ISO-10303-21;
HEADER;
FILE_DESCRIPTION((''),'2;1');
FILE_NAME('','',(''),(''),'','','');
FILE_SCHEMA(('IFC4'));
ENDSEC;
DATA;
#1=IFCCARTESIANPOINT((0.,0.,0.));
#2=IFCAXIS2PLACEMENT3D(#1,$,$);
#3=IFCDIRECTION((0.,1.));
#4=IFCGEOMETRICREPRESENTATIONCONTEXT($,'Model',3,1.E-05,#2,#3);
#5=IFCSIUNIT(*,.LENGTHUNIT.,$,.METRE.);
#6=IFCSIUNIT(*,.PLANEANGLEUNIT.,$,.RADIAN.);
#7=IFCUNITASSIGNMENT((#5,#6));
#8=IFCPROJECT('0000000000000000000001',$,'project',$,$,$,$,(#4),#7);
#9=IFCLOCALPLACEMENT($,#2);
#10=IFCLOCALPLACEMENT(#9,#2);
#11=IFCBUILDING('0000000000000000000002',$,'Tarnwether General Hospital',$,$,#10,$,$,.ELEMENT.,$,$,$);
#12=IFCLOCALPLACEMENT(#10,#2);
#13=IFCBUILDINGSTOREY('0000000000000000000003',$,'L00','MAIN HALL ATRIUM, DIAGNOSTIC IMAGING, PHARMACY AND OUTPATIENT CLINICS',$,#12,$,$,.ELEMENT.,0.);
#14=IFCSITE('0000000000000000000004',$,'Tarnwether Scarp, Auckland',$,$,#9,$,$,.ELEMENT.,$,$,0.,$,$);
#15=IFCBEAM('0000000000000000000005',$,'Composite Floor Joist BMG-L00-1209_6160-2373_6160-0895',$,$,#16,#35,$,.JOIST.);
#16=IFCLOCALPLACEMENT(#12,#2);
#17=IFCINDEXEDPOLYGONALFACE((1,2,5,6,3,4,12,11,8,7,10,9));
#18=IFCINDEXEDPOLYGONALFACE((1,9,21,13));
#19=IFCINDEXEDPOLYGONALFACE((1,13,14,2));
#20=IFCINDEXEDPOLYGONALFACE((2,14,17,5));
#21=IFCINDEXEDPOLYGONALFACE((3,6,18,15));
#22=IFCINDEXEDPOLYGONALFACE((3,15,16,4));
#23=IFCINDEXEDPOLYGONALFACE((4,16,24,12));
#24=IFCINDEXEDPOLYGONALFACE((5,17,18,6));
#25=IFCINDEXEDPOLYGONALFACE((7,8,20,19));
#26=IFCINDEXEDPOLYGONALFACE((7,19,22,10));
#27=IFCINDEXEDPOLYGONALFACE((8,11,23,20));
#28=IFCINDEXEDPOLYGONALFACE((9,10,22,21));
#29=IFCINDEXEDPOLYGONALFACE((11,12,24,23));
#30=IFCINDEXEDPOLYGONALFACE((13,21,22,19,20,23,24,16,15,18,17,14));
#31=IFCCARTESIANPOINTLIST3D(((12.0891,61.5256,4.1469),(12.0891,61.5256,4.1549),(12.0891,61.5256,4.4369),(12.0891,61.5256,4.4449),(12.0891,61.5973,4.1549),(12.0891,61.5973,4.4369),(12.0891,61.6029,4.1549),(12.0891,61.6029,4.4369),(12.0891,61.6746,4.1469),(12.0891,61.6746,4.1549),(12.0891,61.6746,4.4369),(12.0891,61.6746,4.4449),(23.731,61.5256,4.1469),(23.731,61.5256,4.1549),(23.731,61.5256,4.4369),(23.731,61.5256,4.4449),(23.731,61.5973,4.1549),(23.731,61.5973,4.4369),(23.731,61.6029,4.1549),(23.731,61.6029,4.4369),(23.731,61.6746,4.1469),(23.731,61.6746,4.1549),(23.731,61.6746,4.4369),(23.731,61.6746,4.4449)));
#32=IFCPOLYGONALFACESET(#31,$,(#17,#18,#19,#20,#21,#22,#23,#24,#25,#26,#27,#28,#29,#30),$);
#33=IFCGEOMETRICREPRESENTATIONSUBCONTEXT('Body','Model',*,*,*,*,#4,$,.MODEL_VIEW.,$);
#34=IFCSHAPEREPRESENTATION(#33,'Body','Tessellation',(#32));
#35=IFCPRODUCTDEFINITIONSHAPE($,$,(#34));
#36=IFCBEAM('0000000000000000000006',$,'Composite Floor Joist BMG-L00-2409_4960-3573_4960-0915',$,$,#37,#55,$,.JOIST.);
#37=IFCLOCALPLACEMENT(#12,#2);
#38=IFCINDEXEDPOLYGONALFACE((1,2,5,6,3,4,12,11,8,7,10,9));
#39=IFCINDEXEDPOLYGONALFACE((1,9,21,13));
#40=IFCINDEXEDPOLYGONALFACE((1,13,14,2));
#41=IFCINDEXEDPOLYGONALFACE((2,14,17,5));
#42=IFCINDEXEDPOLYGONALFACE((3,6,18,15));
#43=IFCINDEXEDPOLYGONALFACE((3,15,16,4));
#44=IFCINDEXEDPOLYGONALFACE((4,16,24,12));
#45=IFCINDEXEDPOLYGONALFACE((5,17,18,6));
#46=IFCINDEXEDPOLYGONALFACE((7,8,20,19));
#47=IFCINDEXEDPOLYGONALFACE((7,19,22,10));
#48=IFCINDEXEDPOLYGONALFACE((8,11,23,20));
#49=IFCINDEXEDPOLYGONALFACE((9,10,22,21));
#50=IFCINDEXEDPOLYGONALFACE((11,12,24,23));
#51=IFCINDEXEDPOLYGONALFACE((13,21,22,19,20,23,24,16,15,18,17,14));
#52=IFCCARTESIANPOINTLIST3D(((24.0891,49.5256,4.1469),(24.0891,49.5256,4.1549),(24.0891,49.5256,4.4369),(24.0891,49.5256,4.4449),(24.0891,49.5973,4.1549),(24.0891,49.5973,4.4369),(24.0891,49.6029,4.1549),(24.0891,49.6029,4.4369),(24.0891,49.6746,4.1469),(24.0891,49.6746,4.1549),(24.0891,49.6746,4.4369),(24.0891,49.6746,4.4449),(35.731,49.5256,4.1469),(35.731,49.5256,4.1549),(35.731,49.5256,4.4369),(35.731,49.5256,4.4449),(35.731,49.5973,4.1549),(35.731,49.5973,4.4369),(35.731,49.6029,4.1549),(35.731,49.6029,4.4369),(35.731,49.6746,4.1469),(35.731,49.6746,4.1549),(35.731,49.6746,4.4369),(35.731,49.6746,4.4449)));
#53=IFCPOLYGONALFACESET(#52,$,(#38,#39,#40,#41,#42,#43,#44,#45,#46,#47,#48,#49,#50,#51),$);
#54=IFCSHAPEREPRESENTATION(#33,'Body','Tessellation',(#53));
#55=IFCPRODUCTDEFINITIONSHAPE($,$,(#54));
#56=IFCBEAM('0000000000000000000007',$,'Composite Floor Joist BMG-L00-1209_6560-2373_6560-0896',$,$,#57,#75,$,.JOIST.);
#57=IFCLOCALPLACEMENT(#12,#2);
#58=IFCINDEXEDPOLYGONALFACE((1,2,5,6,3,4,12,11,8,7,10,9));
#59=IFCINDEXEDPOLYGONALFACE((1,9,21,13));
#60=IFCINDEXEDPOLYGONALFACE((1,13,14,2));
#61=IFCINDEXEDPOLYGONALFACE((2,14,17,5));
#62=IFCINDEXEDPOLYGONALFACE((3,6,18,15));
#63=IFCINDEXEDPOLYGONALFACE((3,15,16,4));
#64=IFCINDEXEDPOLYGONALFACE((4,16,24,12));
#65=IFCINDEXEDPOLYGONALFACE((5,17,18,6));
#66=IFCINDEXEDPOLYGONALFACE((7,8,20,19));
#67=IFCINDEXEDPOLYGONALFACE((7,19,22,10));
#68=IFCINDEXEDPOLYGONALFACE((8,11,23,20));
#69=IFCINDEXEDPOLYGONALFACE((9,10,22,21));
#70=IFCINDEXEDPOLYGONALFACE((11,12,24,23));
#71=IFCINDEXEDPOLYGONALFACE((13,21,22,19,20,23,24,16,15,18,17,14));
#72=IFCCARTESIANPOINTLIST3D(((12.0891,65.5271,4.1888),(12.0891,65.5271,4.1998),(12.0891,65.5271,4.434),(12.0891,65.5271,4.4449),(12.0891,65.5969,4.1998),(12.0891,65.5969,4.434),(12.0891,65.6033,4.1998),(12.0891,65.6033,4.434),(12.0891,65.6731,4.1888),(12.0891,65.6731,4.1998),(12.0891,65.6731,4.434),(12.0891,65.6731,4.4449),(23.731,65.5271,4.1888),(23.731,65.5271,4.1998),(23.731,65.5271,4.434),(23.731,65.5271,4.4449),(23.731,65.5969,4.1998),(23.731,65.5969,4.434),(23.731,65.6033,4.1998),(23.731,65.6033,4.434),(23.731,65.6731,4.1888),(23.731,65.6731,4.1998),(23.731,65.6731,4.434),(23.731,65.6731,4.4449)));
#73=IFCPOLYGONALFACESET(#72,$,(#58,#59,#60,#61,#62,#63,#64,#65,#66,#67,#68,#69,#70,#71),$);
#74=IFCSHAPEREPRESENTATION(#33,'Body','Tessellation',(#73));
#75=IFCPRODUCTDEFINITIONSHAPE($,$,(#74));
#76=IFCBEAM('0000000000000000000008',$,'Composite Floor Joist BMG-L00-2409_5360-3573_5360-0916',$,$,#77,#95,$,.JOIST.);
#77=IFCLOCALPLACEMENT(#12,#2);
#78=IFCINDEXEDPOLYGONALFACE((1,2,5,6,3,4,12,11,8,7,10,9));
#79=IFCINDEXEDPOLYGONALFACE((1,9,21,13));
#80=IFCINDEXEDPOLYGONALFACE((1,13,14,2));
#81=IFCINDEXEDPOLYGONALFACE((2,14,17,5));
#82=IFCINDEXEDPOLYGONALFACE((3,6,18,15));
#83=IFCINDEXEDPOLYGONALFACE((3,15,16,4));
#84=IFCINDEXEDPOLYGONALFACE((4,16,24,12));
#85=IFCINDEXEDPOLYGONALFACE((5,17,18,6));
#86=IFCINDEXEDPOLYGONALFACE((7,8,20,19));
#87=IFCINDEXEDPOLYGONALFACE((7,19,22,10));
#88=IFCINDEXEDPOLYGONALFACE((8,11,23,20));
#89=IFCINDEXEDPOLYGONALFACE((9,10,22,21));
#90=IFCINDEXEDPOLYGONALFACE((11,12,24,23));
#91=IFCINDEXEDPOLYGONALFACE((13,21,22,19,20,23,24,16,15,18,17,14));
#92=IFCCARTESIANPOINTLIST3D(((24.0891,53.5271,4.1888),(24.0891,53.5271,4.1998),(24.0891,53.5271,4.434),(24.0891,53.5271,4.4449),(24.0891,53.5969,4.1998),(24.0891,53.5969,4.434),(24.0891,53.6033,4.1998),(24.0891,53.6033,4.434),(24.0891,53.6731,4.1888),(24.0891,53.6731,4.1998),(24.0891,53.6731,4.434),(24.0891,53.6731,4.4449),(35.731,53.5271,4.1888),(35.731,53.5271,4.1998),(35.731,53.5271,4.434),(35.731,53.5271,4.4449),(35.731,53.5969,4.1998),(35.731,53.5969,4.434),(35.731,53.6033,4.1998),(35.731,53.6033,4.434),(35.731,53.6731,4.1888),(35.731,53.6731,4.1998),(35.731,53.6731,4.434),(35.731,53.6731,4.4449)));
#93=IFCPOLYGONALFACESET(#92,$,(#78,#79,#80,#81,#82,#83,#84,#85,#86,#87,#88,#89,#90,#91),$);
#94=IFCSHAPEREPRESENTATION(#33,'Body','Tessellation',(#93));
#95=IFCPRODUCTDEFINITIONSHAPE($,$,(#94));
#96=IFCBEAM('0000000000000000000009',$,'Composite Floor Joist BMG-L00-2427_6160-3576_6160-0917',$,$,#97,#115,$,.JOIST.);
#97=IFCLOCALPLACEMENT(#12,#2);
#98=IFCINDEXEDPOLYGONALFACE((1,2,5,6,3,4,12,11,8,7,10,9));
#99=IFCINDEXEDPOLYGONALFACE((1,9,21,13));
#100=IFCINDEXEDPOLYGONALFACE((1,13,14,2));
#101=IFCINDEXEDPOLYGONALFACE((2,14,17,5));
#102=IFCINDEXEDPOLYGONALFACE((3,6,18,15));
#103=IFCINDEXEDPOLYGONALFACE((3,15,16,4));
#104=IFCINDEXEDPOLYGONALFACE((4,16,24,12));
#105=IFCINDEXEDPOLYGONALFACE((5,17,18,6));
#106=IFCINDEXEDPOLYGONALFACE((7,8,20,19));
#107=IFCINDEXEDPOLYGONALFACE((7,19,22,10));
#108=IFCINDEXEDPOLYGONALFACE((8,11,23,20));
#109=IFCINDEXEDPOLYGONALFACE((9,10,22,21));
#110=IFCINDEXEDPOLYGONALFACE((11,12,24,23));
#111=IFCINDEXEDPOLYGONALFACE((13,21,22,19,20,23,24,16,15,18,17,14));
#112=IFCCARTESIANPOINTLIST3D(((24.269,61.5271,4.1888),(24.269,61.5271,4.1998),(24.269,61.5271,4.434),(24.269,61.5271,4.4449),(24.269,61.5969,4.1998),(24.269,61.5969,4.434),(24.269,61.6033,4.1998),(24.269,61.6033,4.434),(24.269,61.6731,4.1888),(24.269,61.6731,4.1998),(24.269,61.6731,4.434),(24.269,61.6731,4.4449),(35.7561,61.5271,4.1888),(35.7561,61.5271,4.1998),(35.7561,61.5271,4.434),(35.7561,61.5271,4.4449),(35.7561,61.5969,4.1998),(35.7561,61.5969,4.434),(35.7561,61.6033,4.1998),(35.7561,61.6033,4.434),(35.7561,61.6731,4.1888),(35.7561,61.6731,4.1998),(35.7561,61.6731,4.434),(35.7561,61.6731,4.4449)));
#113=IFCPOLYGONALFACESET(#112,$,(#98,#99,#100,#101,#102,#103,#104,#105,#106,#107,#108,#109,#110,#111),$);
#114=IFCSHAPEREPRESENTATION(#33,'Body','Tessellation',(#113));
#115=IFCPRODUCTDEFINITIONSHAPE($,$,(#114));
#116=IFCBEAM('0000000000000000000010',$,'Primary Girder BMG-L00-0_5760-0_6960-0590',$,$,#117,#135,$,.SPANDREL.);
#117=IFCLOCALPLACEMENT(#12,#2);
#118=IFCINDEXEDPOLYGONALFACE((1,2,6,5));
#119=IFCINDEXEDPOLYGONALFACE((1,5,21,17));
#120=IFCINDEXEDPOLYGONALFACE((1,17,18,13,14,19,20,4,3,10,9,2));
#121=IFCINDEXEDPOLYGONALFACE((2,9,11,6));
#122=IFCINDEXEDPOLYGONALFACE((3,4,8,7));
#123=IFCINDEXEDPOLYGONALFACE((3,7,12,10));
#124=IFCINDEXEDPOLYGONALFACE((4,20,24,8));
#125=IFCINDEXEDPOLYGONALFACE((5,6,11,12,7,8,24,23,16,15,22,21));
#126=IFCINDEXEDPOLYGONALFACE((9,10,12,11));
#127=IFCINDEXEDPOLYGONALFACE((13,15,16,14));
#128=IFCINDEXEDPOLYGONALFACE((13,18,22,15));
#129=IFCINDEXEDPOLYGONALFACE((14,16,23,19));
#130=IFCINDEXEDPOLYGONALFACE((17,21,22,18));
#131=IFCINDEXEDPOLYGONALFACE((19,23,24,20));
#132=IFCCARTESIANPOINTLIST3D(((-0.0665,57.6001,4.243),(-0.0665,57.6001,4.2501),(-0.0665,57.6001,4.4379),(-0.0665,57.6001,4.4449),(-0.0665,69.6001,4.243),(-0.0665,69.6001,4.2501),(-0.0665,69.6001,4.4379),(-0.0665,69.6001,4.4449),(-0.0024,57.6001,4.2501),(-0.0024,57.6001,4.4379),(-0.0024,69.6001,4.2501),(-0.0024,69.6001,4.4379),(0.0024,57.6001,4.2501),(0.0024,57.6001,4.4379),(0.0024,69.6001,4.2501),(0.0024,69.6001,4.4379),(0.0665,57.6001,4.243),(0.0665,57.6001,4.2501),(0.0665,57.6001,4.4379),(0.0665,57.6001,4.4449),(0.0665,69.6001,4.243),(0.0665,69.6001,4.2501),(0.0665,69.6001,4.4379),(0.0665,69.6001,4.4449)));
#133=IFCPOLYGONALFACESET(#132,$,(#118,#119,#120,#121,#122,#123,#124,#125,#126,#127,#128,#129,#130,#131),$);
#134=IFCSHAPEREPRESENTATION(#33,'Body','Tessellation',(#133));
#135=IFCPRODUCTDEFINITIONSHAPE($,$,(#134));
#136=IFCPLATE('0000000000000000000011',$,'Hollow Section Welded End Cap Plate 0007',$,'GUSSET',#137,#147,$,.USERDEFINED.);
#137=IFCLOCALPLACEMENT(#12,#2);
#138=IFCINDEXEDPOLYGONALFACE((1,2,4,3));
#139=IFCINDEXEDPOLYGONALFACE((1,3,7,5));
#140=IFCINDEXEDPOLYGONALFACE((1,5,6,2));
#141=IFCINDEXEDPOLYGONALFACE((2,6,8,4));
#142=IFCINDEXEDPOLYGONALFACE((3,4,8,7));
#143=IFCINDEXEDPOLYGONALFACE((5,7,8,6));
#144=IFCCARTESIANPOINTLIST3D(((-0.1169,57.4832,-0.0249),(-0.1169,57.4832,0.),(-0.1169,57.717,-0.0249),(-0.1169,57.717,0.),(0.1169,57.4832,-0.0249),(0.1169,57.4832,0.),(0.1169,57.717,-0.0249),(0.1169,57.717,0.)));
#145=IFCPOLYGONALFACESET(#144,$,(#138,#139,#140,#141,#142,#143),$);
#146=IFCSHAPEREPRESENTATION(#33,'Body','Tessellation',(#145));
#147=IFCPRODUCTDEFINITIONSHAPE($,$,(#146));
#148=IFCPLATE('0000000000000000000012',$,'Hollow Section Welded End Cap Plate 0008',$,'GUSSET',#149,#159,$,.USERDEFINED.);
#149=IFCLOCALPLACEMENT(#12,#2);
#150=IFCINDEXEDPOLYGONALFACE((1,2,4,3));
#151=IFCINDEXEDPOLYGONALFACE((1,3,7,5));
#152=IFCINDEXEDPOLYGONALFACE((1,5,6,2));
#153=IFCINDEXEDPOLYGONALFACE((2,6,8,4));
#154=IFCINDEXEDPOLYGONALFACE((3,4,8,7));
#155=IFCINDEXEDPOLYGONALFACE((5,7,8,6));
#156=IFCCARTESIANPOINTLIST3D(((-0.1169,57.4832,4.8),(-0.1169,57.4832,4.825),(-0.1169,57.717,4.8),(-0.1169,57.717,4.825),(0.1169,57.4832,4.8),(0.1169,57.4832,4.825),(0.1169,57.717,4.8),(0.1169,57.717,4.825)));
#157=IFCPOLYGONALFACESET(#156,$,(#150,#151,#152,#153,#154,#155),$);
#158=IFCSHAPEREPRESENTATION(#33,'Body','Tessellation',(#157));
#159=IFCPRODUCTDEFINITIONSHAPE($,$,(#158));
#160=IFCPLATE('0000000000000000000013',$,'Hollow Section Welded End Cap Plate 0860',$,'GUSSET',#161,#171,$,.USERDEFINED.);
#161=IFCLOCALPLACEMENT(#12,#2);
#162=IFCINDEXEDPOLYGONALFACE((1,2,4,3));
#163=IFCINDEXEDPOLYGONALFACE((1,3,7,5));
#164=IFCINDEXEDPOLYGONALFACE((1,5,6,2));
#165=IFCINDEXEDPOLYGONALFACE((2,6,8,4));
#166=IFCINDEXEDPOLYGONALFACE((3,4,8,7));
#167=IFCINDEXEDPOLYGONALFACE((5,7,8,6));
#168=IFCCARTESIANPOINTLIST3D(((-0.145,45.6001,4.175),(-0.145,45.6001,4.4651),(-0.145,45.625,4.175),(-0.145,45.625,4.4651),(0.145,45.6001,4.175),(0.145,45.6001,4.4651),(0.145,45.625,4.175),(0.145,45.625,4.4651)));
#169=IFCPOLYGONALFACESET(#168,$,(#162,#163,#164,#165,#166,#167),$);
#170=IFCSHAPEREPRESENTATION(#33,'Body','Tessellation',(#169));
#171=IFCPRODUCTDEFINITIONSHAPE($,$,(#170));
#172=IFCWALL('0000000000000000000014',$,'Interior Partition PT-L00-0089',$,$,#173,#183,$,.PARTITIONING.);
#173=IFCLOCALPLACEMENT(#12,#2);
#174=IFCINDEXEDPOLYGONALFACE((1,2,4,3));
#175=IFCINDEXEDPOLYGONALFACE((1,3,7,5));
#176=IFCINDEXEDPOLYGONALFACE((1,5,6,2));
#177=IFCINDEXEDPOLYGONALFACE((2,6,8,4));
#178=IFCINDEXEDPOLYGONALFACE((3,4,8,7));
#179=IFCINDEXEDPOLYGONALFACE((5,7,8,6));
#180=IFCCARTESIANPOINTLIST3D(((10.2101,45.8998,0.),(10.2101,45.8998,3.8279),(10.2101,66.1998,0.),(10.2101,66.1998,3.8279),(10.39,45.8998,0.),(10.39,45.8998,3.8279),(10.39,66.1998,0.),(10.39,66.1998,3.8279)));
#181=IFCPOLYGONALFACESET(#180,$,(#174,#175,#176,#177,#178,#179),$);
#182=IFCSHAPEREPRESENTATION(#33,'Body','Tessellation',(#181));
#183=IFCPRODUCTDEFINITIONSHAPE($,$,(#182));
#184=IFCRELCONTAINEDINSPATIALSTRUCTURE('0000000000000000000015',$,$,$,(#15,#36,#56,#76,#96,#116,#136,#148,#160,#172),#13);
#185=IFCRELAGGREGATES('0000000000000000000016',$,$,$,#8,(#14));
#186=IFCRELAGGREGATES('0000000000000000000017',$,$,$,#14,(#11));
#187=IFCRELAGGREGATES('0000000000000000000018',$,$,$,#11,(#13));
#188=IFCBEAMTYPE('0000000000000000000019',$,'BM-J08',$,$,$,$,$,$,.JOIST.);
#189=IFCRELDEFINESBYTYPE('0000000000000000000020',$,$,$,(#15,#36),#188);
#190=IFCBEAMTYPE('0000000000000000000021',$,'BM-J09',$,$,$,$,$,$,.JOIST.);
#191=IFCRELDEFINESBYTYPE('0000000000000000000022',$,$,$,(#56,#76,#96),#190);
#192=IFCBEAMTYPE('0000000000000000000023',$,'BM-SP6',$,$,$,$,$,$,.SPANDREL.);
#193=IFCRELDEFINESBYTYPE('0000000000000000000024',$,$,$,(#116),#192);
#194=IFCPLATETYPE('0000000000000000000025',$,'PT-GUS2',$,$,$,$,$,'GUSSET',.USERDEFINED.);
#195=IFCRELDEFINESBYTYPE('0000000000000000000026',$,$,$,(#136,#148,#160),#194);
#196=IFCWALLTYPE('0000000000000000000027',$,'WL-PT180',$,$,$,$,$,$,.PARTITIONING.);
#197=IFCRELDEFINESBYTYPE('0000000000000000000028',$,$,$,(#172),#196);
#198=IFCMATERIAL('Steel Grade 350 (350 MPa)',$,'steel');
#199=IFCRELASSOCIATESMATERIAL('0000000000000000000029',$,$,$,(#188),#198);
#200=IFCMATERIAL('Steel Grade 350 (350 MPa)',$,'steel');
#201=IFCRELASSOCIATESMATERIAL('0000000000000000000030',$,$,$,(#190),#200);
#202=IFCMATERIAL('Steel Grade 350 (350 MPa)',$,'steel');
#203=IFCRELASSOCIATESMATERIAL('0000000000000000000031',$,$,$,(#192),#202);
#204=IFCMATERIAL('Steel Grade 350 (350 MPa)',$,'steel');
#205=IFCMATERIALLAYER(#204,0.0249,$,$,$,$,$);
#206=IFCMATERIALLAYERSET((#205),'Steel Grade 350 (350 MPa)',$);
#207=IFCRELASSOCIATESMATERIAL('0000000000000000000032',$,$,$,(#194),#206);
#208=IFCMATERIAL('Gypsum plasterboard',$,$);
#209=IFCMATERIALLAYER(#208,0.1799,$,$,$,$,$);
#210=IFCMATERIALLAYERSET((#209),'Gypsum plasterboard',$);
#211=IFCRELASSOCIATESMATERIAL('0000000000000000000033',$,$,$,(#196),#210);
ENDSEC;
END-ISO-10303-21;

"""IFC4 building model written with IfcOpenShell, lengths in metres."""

from ifc_helpers import new_model, si_unit, direction, frame, frame_2d, origin, origin_2d, place, context, subcontext, project, spatial, rectangle, i_section, extrude, material, layer, layer_set, material_profile, profile_set, type_object, element, save


model = new_model("IFC4")

# Units and contexts
model_context = context("Model", 3, precision=1e-05, world=origin(), true_north=direction((0.0, 1.0)))
body_context = subcontext(model_context, "Body", "Model", "MODEL_VIEW")
ifc_project = project(units=[si_unit("LENGTHUNIT", "METRE"), si_unit("PLANEANGLEUNIT", "RADIAN")], contexts=[model_context])

# Site, building, storey
site_placement = place(None, origin())
site = spatial("IfcSite", under=ifc_project, at=site_placement, Name="Tarnwether Scarp, Auckland", CompositionType="ELEMENT", RefElevation=0.0)
building_placement = place(site_placement, origin())
building = spatial("IfcBuilding", under=site, at=building_placement, Name="Tarnwether General Hospital", CompositionType="ELEMENT")
storey_placement = place(building_placement, origin())
storey = spatial("IfcBuildingStorey", under=building, at=storey_placement, Name="L00", Description="MAIN HALL ATRIUM, DIAGNOSTIC IMAGING, PHARMACY AND OUTPATIENT CLINICS", CompositionType="ELEMENT", Elevation=0.0)

# Beams
ifc_material_1 = material(Name="Steel Grade 350 (350 MPa)", Category="steel")
ifc_material_profile_1 = material_profile(ifc_material_1, i_section(OverallWidth=0.1489, OverallDepth=0.2981, WebThickness=0.0056, FlangeThickness=0.0081, at=origin_2d()), Name="310UB32.0")
ifc_profile_set_1 = profile_set([ifc_material_profile_1], Name="Steel Grade 350 (350 MPa)")
beam_type_1 = type_object("IfcBeamType", Name="BM-J08", PredefinedType="JOIST", material=ifc_profile_set_1)
for number, where, z_axis, x_axis, name in (
    (1, (12.0891, 61.6001, 4.2959), (1.0, 0.0, 0.0), (0.0, 1.0, 0.0), "Composite Floor Joist BMG-L00-1209_6160-2373_6160-0895"),
    (2, (24.0891, 49.6001, 4.2959), (1.0, 0.0, 0.0), (0.0, 1.0, 0.0), "Composite Floor Joist BMG-L00-2409_4960-3573_4960-0915"),
):
    element("IfcBeam", number, at=place(storey_placement, frame(where, z_axis=z_axis, x_axis=x_axis)), inside=storey, type_object=beam_type_1, Name=name, PredefinedType="JOIST", context=body_context, shape_type="SweptSolid", body=[
        extrude(i_section(OverallWidth=0.1489, OverallDepth=0.2981, WebThickness=0.0056, FlangeThickness=0.0081, at=origin_2d()), origin(), (0.0, 0.0, 1.0), 11.6418),
    ])
ifc_material_2 = material(Name="Steel Grade 350 (350 MPa)", Category="steel")
ifc_material_profile_2 = material_profile(ifc_material_2, i_section(OverallWidth=0.146, OverallDepth=0.2561, WebThickness=0.0063, FlangeThickness=0.011, at=origin_2d()), Name="250UB37.3")
ifc_profile_set_2 = profile_set([ifc_material_profile_2], Name="Steel Grade 350 (350 MPa)")
beam_type_2 = type_object("IfcBeamType", Name="BM-J09", PredefinedType="JOIST", material=ifc_profile_set_2)
for number, where, z_axis, x_axis, name in (
    (3, (12.0891, 65.6001, 4.3169), (1.0, 0.0, 0.0), (0.0, 1.0, 0.0), "Composite Floor Joist BMG-L00-1209_6560-2373_6560-0896"),
    (4, (24.0891, 53.6001, 4.3169), (1.0, 0.0, 0.0), (0.0, 1.0, 0.0), "Composite Floor Joist BMG-L00-2409_5360-3573_5360-0916"),
):
    element("IfcBeam", number, at=place(storey_placement, frame(where, z_axis=z_axis, x_axis=x_axis)), inside=storey, type_object=beam_type_2, Name=name, PredefinedType="JOIST", context=body_context, shape_type="SweptSolid", body=[
        extrude(i_section(OverallWidth=0.146, OverallDepth=0.2561, WebThickness=0.0063, FlangeThickness=0.011, at=origin_2d()), origin(), (0.0, 0.0, 1.0), 11.6418),
    ])
beam_1_placement = place(storey_placement, frame((24.269, 61.6001, 4.3169), z_axis=(1.0, 0.0, 0.0), x_axis=(0.0, 1.0, 0.0)))
element("IfcBeam", 5, at=beam_1_placement, inside=storey, type_object=beam_type_2, Name="Composite Floor Joist BMG-L00-2427_6160-3576_6160-0917", PredefinedType="JOIST", context=body_context, shape_type="SweptSolid", body=[
    extrude(i_section(OverallWidth=0.146, OverallDepth=0.2561, WebThickness=0.0063, FlangeThickness=0.011, at=origin_2d()), origin(), (0.0, 0.0, 1.0), 11.4871),
])
ifc_material_3 = material(Name="Steel Grade 350 (350 MPa)", Category="steel")
ifc_material_profile_3 = material_profile(ifc_material_3, i_section(OverallWidth=0.1331, OverallDepth=0.2019, WebThickness=0.0049, FlangeThickness=0.0071, at=origin_2d()), Name="200UB22.3")
ifc_profile_set_3 = profile_set([ifc_material_profile_3], Name="Steel Grade 350 (350 MPa)")
beam_type_3 = type_object("IfcBeamType", Name="BM-SP6", PredefinedType="SPANDREL", material=ifc_profile_set_3)
beam_2_placement = place(storey_placement, frame((0.0, 57.6001, 4.344), z_axis=(0.0, 1.0, 0.0), x_axis=(-1.0, 0.0, 0.0)))
element("IfcBeam", 6, at=beam_2_placement, inside=storey, type_object=beam_type_3, Name="Primary Girder BMG-L00-0_5760-0_6960-0590", PredefinedType="SPANDREL", context=body_context, shape_type="SweptSolid", body=[
    extrude(i_section(OverallWidth=0.1331, OverallDepth=0.2019, WebThickness=0.0049, FlangeThickness=0.0071, at=origin_2d()), origin(), (0.0, 0.0, 1.0), 12.0),
])

# Plates
ifc_material_4 = material(Name="Steel Grade 350 (350 MPa)", Category="steel")
ifc_layer_1 = layer(ifc_material_4, 0.0249)
ifc_layer_set_1 = layer_set([ifc_layer_1], Name="Steel Grade 350 (350 MPa)")
plate_type = type_object("IfcPlateType", Name="PT-GUS2", ElementType="GUSSET", PredefinedType="USERDEFINED", material=ifc_layer_set_1)
for number, where, z_axis, x_axis, name in (
    (7, (0.0, 57.6001, -0.0249), (0.0, 0.0, 1.0), (1.0, 0.0, 0.0), "Hollow Section Welded End Cap Plate 0007"),
    (8, (0.0, 57.6001, 4.8), (0.0, 0.0, 1.0), (1.0, 0.0, 0.0), "Hollow Section Welded End Cap Plate 0008"),
):
    element("IfcPlate", number, at=place(storey_placement, frame(where, z_axis=z_axis, x_axis=x_axis)), inside=storey, type_object=plate_type, Name=name, ObjectType="GUSSET", PredefinedType="USERDEFINED", context=body_context, shape_type="SweptSolid", body=[
        extrude(rectangle(XDim=0.2339, YDim=0.2339, at=origin_2d()), origin(), (0.0, 0.0, 1.0), 0.0249),
    ])
plate_placement = place(storey_placement, frame((0.0, 45.6125, 4.175), z_axis=(0.0, 0.0, 1.0), x_axis=(0.0, 1.0, 0.0)))
element("IfcPlate", 9, at=plate_placement, inside=storey, type_object=plate_type, Name="Hollow Section Welded End Cap Plate 0860", ObjectType="GUSSET", PredefinedType="USERDEFINED", context=body_context, shape_type="SweptSolid", body=[
    extrude(rectangle(XDim=0.0249, YDim=0.29, at=origin_2d()), origin(), (0.0, 0.0, 1.0), 0.29),
])

# Wall
ifc_material_5 = material(Name="Gypsum plasterboard")
ifc_layer_2 = layer(ifc_material_5, 0.1799)
ifc_layer_set_2 = layer_set([ifc_layer_2], Name="Gypsum plasterboard")
wall_type = type_object("IfcWallType", Name="WL-PT180", PredefinedType="PARTITIONING", material=ifc_layer_set_2)
wall_1_placement = place(storey_placement, frame((10.3, 45.8999, 0.0), z_axis=(0.0, 0.0, 1.0), x_axis=(0.0, 1.0, 0.0)))
element("IfcWall", 10, at=wall_1_placement, inside=storey, type_object=wall_type, Name="Interior Partition PT-L00-0089", PredefinedType="PARTITIONING", context=body_context, shape_type="SweptSolid", body=[
    extrude(rectangle(XDim=20.3, YDim=0.1799, at=frame_2d((10.1499, 0.0))), origin(), (0.0, 0.0, 1.0), 3.8279),
])

save(model, "model.ifc")
